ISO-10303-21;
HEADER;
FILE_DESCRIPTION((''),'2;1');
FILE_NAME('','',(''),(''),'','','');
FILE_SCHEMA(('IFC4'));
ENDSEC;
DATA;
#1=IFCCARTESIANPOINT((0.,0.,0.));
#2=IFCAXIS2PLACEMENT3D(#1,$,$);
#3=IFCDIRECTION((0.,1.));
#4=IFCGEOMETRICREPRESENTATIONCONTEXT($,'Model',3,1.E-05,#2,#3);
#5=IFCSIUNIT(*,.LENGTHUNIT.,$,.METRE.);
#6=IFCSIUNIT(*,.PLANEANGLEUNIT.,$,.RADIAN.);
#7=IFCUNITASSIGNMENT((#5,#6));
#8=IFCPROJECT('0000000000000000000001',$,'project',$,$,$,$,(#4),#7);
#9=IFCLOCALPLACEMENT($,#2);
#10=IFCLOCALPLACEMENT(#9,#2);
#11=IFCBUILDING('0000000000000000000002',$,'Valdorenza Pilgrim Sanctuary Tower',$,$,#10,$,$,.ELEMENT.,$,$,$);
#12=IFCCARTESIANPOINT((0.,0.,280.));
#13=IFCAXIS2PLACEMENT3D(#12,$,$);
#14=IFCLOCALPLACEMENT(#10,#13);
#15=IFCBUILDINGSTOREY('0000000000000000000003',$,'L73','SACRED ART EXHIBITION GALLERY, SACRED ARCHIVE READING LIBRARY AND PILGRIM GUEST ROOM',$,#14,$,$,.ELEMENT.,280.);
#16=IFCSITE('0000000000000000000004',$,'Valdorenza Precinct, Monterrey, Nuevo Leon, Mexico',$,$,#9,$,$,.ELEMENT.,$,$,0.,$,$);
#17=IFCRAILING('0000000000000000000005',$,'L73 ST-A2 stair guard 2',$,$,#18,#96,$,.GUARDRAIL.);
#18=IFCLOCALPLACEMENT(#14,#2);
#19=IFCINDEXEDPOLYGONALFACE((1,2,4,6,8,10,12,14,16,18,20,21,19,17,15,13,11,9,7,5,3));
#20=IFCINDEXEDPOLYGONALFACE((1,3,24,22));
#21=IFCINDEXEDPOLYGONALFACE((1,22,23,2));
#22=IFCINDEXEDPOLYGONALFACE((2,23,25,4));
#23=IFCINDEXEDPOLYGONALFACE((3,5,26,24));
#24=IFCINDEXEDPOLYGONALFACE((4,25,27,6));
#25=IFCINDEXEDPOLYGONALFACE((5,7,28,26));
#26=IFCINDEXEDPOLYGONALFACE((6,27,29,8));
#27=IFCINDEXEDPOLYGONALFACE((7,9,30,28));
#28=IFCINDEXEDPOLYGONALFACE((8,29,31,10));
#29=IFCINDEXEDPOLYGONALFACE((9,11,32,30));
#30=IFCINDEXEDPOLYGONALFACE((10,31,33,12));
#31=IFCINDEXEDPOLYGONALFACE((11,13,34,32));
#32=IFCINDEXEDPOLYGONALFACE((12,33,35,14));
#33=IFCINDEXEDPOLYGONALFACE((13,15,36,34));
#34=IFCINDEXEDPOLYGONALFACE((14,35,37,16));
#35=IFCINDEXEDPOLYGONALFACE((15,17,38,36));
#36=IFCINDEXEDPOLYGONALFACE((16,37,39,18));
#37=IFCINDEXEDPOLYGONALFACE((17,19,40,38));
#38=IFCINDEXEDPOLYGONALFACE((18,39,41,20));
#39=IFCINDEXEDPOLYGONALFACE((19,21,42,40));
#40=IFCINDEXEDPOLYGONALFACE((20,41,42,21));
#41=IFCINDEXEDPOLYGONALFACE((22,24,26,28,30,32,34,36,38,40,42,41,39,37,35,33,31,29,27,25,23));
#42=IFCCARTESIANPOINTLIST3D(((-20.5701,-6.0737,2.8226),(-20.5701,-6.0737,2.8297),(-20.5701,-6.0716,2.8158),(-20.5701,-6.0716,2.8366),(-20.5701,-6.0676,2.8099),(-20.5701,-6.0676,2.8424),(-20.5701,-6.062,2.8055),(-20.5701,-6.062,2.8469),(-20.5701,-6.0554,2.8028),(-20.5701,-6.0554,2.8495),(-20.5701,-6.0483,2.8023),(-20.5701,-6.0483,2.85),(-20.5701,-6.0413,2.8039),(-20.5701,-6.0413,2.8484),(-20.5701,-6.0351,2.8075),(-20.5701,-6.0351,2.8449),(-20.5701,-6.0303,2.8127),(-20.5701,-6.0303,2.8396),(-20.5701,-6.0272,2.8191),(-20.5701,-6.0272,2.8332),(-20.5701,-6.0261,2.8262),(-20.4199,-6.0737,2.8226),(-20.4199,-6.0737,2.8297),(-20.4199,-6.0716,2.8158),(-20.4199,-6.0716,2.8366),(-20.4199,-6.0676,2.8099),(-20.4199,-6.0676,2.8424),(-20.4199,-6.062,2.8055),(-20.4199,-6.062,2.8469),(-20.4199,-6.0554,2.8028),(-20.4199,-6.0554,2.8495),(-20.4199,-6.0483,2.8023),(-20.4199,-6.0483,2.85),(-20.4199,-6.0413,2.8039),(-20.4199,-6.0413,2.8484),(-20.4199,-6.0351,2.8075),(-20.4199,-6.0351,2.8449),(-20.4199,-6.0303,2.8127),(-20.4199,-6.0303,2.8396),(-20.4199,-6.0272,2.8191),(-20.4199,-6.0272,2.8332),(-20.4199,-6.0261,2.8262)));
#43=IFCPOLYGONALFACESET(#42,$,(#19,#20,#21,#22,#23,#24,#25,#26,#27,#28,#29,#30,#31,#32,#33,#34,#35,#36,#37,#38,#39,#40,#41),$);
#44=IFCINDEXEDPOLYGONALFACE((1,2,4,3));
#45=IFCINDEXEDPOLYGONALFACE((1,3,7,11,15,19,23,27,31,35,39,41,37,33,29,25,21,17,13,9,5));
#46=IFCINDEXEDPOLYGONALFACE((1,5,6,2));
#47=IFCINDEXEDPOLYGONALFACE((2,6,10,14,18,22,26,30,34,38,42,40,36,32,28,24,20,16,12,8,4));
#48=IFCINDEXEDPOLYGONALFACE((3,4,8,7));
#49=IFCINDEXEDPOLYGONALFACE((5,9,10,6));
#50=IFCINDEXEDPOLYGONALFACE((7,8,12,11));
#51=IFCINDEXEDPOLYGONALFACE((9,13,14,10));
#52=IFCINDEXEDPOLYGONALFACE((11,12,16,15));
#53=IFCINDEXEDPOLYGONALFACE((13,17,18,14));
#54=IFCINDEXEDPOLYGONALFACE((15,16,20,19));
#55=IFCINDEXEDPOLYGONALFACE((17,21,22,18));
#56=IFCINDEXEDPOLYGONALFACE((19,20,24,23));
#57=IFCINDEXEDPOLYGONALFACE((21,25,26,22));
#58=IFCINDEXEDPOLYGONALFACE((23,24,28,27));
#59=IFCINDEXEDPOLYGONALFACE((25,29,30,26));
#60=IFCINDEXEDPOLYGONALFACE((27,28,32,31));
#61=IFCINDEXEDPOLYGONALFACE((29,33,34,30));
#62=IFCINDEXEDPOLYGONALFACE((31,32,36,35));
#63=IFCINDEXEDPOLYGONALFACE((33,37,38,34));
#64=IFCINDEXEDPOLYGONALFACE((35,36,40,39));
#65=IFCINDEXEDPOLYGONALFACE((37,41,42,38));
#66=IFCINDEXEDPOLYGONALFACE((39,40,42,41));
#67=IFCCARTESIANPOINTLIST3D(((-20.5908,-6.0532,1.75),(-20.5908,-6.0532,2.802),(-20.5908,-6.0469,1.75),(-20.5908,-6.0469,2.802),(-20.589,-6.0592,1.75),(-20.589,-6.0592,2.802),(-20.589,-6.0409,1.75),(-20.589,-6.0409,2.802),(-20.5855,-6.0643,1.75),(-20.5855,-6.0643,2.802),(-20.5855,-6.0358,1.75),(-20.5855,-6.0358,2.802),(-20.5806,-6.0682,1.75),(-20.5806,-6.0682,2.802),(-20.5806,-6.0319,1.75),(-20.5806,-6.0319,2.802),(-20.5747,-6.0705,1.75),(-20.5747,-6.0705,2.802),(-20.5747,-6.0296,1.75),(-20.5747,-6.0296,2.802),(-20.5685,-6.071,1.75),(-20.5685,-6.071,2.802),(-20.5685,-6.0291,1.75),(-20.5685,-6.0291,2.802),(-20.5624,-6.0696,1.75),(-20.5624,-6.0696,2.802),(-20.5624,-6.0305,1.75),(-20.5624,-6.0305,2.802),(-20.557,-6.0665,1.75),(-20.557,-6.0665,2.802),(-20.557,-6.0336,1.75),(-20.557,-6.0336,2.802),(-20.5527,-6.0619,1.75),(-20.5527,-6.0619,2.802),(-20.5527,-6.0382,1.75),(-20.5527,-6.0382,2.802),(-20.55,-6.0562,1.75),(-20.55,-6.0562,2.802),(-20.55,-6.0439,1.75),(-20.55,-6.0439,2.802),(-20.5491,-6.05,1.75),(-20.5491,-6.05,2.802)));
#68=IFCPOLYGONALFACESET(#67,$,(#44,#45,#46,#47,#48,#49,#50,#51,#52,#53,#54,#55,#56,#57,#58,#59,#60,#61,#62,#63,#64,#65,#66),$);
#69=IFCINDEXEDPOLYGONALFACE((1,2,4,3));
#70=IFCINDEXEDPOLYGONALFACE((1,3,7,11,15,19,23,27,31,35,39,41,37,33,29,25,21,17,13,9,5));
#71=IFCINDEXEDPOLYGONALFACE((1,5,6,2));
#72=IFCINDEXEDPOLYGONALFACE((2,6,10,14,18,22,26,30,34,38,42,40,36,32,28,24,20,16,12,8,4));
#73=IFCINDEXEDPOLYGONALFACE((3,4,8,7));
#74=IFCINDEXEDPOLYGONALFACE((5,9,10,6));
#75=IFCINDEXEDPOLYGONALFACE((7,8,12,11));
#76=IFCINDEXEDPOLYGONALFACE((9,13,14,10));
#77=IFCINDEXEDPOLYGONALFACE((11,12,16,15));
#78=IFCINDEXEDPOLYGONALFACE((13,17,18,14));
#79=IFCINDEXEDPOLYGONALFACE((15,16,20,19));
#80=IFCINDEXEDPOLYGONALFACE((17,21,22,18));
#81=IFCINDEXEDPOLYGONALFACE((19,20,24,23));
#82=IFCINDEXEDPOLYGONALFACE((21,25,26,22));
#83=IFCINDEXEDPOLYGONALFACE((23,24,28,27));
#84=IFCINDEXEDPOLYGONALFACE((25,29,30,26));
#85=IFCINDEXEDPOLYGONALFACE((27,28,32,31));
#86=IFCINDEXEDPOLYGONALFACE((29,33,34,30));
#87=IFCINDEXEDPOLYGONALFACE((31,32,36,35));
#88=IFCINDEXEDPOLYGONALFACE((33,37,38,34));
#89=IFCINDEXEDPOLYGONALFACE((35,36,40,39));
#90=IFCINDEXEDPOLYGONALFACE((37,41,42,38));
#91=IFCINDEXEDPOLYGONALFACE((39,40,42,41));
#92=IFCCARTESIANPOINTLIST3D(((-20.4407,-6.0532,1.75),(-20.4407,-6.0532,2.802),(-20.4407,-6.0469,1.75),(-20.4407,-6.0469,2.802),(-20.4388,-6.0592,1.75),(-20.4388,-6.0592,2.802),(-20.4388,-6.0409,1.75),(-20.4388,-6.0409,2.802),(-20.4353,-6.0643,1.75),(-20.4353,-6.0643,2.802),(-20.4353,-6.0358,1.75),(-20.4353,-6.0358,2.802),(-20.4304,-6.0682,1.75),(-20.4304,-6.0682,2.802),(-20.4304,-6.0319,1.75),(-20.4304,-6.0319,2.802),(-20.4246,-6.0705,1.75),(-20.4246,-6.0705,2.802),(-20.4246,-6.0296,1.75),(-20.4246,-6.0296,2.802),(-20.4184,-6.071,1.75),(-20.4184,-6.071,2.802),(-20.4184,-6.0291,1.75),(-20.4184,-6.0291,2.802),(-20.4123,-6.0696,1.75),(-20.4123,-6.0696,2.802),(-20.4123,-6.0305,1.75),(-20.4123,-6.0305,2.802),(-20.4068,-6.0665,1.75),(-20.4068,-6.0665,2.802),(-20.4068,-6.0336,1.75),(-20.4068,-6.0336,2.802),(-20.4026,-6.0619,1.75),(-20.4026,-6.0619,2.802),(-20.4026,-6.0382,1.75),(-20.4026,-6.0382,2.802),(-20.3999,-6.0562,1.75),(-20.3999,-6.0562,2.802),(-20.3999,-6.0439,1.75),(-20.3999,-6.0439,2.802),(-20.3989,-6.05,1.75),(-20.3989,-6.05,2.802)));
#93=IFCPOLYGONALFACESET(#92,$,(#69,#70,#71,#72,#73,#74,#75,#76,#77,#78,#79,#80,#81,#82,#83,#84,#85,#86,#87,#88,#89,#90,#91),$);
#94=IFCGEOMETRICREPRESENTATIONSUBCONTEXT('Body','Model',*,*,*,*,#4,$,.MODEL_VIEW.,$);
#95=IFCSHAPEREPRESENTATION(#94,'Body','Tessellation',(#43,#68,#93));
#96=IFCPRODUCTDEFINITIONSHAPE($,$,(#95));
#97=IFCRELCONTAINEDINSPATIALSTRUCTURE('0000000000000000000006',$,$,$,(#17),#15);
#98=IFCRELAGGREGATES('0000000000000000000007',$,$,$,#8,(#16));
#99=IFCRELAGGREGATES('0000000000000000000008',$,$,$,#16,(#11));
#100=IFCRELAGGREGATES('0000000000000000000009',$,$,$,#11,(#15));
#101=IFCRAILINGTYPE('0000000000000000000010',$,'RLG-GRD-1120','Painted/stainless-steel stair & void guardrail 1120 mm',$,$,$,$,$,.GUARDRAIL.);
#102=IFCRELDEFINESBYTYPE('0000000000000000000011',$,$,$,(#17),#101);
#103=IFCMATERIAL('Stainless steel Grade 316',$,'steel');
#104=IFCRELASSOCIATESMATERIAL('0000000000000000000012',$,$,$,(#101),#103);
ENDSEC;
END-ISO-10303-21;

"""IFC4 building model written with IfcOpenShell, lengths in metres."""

from ifc_helpers import new_model, si_unit, direction, frame, origin, origin_2d, place, context, subcontext, project, spatial, circle, extrude, material, type_object, element, save


model = new_model("IFC4")

# Units and contexts
model_context = context("Model", 3, precision=1e-05, world=origin(), true_north=direction((0.0, 1.0)))
body_context = subcontext(model_context, "Body", "Model", "MODEL_VIEW")
ifc_project = project(units=[si_unit("LENGTHUNIT", "METRE"), si_unit("PLANEANGLEUNIT", "RADIAN")], contexts=[model_context])

# Site, building, storey
site_placement = place(None, origin())
site = spatial("IfcSite", under=ifc_project, at=site_placement, Name="Valdorenza Precinct, Monterrey, Nuevo Leon, Mexico", CompositionType="ELEMENT", RefElevation=0.0)
building_placement = place(site_placement, origin())
building = spatial("IfcBuilding", under=site, at=building_placement, Name="Valdorenza Pilgrim Sanctuary Tower", CompositionType="ELEMENT")
storey_placement = place(building_placement, frame((0.0, 0.0, 280.0)))
storey = spatial("IfcBuildingStorey", under=building, at=storey_placement, Name="L73", Description="SACRED ART EXHIBITION GALLERY, SACRED ARCHIVE READING LIBRARY AND PILGRIM GUEST ROOM", CompositionType="ELEMENT", Elevation=280.0)

# Railing
ifc_material_1 = material(Name="Stainless steel Grade 316", Category="steel")
railing_type_1 = type_object("IfcRailingType", Name="RLG-GRD-1120", Description="Painted/stainless-steel stair & void guardrail 1120 mm", PredefinedType="GUARDRAIL", material=ifc_material_1)
railing_1_placement = place(storey_placement, frame((-20.5701, -6.05, 1.75)))
element("IfcRailing", 1, at=railing_1_placement, inside=storey, type_object=railing_type_1, Name="L73 ST-A2 stair guard 2", PredefinedType="GUARDRAIL", context=body_context, shape_type="SweptSolid", body=[
    extrude(circle(Radius=0.0239, at=origin_2d()), frame((0.0, 0.0, 1.0762), z_axis=(1.0, 0.0, 0.0), x_axis=(0.0, 1.0, 0.0)), (0.0, 0.0, 1.0), 0.1501),
    extrude(circle(Radius=0.021, at=origin_2d()), origin(), (0.0, 0.0, 1.0), 1.052),
    extrude(circle(Radius=0.021, at=origin_2d()), frame((0.1501, 0.0, 0.0)), (0.0, 0.0, 1.0), 1.052),
])

save(model, "model.ifc")
